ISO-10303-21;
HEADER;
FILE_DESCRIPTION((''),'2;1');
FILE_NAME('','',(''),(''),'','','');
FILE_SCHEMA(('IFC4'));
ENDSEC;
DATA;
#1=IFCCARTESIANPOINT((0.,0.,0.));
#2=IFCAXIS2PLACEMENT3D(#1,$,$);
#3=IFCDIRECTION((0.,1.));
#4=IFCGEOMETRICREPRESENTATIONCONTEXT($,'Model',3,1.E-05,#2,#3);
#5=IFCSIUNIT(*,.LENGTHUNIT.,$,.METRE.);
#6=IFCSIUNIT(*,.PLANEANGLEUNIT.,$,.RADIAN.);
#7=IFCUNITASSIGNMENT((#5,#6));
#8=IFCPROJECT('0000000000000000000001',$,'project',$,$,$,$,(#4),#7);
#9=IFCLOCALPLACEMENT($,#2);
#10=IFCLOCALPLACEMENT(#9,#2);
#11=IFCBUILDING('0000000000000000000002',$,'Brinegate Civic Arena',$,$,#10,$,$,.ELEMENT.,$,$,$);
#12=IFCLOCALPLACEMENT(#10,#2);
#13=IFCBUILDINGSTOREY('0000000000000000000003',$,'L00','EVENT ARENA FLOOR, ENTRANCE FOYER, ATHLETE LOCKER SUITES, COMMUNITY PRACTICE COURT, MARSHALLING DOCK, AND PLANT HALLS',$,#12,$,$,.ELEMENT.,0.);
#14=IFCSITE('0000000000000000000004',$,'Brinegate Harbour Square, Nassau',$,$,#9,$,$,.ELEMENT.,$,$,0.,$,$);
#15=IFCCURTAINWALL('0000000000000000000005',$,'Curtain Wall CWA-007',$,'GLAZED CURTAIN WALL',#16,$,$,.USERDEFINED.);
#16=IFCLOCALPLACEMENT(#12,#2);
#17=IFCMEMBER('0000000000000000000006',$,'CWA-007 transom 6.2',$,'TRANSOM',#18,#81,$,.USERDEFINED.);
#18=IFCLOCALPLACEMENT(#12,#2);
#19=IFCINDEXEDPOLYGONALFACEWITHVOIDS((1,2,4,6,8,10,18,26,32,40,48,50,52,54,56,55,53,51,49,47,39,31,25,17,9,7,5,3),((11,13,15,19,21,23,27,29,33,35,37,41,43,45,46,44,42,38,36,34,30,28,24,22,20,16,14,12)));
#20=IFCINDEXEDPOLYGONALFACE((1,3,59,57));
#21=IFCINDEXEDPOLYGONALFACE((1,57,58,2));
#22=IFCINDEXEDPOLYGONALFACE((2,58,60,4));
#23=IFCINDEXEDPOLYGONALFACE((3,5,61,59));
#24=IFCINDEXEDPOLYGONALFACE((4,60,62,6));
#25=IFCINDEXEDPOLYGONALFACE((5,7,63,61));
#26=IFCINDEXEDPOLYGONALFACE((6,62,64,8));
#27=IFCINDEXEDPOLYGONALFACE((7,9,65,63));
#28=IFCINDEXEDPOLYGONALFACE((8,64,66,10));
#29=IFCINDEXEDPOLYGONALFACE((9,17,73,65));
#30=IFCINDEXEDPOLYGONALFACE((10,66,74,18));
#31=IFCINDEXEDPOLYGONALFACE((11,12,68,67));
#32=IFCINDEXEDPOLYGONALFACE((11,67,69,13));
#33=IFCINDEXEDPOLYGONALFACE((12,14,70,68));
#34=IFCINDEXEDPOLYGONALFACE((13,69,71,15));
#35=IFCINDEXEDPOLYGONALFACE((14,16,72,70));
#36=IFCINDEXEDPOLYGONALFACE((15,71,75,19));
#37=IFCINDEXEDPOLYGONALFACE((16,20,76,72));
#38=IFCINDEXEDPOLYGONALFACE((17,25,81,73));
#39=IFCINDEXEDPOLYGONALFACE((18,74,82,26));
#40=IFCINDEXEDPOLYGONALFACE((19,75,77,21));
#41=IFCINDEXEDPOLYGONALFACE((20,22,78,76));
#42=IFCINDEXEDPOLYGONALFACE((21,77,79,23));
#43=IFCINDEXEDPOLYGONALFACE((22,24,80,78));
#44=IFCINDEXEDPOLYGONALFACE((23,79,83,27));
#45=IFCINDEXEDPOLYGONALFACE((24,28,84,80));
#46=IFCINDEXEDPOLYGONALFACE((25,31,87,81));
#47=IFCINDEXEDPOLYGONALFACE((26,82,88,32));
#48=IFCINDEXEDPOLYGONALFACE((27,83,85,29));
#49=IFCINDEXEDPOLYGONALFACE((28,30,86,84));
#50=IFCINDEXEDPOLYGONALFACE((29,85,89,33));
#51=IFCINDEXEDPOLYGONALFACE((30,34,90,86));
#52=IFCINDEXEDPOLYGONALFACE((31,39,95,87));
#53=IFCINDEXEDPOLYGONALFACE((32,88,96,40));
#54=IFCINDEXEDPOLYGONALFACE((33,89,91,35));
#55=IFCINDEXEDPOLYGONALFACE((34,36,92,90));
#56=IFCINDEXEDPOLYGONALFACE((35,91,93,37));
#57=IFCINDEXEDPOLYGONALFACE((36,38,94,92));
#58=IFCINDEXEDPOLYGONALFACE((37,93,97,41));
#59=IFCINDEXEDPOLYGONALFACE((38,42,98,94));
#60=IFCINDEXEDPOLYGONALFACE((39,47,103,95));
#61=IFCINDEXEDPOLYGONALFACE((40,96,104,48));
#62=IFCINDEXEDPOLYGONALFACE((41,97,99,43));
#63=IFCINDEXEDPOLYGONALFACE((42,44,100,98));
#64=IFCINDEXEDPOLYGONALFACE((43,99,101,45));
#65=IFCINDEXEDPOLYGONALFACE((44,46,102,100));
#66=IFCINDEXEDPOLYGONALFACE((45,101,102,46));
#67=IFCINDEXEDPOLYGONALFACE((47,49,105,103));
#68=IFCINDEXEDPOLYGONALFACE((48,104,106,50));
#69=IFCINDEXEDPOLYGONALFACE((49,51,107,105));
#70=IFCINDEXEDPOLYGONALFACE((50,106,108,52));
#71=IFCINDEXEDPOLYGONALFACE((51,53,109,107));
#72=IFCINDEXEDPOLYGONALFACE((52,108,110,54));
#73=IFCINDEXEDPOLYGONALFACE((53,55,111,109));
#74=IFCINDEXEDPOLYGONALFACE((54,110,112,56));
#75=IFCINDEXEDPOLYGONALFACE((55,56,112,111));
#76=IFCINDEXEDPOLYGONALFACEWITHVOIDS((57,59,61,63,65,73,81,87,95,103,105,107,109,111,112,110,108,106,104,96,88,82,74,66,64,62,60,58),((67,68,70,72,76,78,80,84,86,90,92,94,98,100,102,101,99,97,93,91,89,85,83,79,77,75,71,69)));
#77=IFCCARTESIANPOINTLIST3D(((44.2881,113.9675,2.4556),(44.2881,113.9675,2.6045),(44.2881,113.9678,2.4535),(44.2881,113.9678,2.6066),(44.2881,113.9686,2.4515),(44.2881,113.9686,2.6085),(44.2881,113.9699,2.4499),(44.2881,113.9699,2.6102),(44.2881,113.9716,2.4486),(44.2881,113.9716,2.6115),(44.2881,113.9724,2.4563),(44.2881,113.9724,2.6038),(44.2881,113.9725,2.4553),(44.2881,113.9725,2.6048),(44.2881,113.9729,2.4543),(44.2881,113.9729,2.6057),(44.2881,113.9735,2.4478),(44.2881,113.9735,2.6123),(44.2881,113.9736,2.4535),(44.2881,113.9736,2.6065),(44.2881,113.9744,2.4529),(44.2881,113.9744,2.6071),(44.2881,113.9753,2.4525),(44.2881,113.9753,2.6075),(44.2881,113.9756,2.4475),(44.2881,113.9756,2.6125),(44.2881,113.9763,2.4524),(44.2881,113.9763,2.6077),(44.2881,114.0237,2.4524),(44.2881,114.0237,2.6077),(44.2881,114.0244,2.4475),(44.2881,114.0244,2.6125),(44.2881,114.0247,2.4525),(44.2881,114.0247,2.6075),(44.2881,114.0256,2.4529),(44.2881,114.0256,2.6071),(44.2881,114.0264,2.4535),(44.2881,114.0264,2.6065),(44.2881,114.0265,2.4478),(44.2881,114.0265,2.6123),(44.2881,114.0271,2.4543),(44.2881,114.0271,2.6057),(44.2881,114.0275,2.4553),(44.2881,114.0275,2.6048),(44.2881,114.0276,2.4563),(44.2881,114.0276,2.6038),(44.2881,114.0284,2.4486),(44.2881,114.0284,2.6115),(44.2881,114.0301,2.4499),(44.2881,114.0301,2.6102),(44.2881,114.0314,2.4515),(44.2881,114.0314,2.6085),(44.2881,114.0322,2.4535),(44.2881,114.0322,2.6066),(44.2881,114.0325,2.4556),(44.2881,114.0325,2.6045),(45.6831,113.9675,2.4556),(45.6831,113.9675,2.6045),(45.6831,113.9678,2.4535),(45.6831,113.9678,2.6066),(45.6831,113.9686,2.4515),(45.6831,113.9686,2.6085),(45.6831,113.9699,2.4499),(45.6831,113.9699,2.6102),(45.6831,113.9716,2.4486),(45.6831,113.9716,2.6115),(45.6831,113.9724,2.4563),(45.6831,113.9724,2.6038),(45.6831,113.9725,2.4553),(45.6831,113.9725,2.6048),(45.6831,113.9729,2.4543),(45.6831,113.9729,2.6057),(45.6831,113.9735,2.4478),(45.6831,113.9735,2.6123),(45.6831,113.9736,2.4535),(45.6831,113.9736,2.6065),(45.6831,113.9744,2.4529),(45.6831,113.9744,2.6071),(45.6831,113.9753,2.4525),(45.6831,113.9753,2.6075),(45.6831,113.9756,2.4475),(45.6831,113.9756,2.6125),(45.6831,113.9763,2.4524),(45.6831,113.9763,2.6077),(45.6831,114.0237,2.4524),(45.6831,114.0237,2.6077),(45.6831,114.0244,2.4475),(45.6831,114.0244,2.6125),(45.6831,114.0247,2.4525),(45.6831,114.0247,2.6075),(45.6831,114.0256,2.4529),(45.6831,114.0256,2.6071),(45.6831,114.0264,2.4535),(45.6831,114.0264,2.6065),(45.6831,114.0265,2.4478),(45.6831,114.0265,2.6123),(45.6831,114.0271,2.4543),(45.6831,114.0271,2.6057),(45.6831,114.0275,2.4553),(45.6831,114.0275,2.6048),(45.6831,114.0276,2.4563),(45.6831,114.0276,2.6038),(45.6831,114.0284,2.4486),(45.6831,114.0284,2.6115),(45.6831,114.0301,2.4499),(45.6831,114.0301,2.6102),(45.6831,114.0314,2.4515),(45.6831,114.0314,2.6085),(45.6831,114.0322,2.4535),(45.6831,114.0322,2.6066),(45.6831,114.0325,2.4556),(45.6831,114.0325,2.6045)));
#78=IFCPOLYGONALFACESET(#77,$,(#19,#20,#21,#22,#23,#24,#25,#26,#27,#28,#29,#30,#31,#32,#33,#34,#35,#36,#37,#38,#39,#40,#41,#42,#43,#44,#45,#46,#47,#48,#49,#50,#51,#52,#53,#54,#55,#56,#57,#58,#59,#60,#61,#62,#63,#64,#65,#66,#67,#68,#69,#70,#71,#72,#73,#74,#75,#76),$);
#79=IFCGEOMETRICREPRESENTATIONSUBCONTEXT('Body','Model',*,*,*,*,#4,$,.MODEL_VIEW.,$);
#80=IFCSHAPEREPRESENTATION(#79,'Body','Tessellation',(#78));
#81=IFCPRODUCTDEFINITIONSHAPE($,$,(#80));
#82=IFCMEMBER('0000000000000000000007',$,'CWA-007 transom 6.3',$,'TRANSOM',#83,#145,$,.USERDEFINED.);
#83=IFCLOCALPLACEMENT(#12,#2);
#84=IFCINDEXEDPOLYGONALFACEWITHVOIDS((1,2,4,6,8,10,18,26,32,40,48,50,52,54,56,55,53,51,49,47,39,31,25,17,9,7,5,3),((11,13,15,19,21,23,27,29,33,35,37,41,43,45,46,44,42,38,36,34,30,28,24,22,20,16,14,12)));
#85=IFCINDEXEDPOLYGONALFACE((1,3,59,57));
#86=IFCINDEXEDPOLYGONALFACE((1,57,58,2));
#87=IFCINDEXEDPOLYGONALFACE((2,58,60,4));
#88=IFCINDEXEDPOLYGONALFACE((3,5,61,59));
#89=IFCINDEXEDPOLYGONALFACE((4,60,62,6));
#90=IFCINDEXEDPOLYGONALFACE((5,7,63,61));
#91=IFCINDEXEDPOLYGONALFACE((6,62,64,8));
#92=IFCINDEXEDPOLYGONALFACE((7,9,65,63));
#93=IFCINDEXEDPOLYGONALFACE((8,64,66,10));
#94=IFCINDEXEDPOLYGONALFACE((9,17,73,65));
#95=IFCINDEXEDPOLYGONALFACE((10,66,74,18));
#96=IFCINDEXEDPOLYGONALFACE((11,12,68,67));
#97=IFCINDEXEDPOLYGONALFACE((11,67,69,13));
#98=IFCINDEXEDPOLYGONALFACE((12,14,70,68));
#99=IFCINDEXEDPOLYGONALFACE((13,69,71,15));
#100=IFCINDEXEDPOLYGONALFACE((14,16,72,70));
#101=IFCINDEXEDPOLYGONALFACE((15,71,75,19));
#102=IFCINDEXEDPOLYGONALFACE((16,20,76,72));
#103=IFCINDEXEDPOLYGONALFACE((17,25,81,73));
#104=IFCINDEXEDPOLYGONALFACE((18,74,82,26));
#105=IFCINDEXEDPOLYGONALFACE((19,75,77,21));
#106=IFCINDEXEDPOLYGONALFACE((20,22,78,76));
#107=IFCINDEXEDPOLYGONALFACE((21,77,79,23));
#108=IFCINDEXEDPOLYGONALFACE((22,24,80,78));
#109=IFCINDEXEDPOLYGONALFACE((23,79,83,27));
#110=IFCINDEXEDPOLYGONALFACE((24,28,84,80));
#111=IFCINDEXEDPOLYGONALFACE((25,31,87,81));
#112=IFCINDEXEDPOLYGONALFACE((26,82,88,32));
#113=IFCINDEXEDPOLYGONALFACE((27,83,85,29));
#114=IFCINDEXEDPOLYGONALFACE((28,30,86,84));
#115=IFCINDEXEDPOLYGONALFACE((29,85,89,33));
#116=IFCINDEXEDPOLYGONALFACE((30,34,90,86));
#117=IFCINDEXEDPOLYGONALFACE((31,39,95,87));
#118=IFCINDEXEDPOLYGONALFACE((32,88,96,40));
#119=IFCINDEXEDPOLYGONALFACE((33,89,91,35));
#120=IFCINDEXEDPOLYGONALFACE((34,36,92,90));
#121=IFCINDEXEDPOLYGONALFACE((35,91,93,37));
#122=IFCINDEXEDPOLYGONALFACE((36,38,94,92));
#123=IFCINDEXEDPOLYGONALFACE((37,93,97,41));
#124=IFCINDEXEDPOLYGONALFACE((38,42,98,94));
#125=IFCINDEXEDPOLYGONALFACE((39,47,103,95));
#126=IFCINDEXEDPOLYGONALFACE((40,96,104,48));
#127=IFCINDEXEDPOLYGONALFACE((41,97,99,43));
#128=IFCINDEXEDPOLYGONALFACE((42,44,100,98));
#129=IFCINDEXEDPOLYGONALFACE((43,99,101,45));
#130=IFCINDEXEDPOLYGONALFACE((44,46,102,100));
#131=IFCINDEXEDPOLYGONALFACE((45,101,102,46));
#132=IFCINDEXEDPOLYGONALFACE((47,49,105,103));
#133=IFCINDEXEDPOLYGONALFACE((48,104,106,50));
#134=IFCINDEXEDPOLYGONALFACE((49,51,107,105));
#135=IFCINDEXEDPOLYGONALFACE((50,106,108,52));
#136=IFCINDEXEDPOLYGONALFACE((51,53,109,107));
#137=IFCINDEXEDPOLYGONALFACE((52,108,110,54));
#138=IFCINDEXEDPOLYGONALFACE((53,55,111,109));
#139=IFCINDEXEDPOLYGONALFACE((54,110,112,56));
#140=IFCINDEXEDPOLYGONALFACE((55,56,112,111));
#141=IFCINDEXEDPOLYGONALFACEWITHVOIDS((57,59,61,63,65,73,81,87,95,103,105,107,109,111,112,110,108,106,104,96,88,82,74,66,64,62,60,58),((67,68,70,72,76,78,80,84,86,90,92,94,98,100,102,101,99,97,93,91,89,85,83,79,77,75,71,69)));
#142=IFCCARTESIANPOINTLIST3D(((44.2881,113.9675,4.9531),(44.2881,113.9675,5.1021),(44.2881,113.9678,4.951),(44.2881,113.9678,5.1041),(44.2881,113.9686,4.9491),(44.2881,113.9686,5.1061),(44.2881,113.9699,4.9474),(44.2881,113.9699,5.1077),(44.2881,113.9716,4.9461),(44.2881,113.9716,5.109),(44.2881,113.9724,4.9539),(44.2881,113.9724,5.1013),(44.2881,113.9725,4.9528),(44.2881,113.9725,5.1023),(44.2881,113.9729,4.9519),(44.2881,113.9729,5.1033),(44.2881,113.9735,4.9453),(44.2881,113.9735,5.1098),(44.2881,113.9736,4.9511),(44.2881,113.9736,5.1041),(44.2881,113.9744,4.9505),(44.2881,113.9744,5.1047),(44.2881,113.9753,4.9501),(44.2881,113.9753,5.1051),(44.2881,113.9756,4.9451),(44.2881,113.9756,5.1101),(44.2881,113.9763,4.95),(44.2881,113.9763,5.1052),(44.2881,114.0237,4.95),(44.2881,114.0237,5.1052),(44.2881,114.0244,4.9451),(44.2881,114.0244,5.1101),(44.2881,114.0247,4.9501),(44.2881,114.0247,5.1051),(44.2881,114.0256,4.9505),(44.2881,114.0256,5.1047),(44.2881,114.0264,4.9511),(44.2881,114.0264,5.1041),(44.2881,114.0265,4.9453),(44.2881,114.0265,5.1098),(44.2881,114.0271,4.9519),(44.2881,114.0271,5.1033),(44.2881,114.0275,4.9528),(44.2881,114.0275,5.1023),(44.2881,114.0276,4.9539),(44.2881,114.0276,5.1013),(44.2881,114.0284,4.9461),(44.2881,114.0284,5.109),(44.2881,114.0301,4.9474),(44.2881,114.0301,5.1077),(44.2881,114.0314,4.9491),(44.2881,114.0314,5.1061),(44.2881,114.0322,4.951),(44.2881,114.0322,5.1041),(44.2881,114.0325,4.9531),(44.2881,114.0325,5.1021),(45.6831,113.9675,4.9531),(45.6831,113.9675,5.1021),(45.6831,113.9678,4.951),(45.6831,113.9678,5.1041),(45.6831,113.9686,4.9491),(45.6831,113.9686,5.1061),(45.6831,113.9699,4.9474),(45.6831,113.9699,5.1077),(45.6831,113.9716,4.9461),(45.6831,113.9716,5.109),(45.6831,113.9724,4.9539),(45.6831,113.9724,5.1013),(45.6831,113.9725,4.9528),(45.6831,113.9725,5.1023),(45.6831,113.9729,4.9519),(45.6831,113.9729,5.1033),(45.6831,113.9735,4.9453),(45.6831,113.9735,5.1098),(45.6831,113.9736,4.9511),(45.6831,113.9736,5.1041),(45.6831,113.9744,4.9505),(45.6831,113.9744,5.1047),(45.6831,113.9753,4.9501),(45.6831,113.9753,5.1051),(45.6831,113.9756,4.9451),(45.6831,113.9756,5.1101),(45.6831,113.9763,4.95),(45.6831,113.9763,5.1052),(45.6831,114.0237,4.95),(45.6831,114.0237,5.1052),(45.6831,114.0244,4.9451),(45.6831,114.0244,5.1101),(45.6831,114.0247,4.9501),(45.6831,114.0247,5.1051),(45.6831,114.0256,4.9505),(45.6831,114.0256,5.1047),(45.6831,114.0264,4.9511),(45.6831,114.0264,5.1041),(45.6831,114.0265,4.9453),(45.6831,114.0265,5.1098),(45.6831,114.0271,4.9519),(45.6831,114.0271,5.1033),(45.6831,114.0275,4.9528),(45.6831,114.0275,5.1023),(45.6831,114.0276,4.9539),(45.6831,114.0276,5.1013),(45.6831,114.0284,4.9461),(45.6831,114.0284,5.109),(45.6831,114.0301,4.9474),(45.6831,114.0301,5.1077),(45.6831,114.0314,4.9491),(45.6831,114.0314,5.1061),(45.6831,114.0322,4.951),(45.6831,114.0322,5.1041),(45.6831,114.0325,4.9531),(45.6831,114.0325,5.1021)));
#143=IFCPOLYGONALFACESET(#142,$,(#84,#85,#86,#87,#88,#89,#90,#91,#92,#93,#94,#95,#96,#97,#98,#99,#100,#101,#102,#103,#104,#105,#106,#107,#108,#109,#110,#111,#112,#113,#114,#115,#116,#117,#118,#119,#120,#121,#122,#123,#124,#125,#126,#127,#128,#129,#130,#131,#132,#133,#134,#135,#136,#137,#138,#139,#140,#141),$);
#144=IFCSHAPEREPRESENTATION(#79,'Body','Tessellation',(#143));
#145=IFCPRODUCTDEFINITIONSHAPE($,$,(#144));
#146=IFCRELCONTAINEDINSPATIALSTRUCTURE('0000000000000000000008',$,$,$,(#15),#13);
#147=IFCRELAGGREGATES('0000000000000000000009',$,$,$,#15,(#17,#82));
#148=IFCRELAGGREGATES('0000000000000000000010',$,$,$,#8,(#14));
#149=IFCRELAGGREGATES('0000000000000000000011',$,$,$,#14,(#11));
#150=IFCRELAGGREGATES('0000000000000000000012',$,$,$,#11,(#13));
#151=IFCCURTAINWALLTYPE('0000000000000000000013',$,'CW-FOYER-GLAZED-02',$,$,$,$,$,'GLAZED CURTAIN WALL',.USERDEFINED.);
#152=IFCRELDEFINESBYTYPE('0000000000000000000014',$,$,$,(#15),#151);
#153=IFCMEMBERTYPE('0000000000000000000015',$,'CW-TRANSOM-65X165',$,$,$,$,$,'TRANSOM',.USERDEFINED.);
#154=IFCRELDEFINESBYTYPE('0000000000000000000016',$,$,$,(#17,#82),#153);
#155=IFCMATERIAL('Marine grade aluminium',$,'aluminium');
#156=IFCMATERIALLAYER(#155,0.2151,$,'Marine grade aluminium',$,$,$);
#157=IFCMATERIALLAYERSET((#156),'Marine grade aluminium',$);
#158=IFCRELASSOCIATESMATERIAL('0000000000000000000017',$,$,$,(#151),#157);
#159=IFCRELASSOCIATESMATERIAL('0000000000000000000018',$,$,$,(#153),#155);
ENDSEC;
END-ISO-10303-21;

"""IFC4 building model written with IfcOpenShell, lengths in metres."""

from ifc_helpers import new_model, si_unit, direction, frame, origin, origin_2d, place, context, subcontext, project, spatial, hollow_rectangle, extrude, material, layer, layer_set, material_profile, profile_set, type_object, element, aggregate, save


model = new_model("IFC4")

# Units and contexts
model_context = context("Model", 3, precision=1e-05, world=origin(), true_north=direction((0.0, 1.0)))
body_context = subcontext(model_context, "Body", "Model", "MODEL_VIEW")
ifc_project = project(units=[si_unit("LENGTHUNIT", "METRE"), si_unit("PLANEANGLEUNIT", "RADIAN")], contexts=[model_context])

# Site, building, storey
site_placement = place(None, origin())
site = spatial("IfcSite", under=ifc_project, at=site_placement, Name="Brinegate Harbour Square, Nassau", CompositionType="ELEMENT", RefElevation=0.0)
building_placement = place(site_placement, origin())
building = spatial("IfcBuilding", under=site, at=building_placement, Name="Brinegate Civic Arena", CompositionType="ELEMENT")
storey_placement = place(building_placement, origin())
storey = spatial("IfcBuildingStorey", under=building, at=storey_placement, Name="L00", Description="EVENT ARENA FLOOR, ENTRANCE FOYER, ATHLETE LOCKER SUITES, COMMUNITY PRACTICE COURT, MARSHALLING DOCK, AND PLANT HALLS", CompositionType="ELEMENT", Elevation=0.0)

# Curtain wall, members
ifc_material_1 = material(Name="Marine grade aluminium", Category="aluminium")
ifc_layer_1 = layer(ifc_material_1, 0.2151, Name="Marine grade aluminium")
ifc_layer_set_1 = layer_set([ifc_layer_1], Name="Marine grade aluminium")
curtain_wall_type = type_object("IfcCurtainWallType", Name="CW-FOYER-GLAZED-02", ElementType="GLAZED CURTAIN WALL", PredefinedType="USERDEFINED", material=ifc_layer_set_1)
curtain_wall_placement = place(storey_placement, origin())
curtain_wall = element("IfcCurtainWall", 1, at=curtain_wall_placement, inside=storey, type_object=curtain_wall_type, Name="Curtain Wall CWA-007", ObjectType="GLAZED CURTAIN WALL", PredefinedType="USERDEFINED")
ifc_material_profile_1 = material_profile(ifc_material_1, hollow_rectangle(XDim=0.0649, YDim=0.165, WallThickness=0.0049, InnerFilletRadius=0.0039, OuterFilletRadius=0.0081, at=origin_2d()), Name="TRN65X165")
ifc_profile_set_1 = profile_set([ifc_material_profile_1], Name="Marine grade aluminium")
member_type_1 = type_object("IfcMemberType", Name="CW-TRANSOM-65X165", ElementType="TRANSOM", PredefinedType="USERDEFINED", material=ifc_profile_set_1)
member_1_placement = place(storey_placement, frame((44.2881, 114.0, 2.53), z_axis=(1.0, 0.0, 0.0), x_axis=(0.0, 1.0, 0.0)))
member_1 = element("IfcMember", 2, at=member_1_placement, type_object=member_type_1, Name="CWA-007 transom 6.2", ObjectType="TRANSOM", PredefinedType="USERDEFINED", context=body_context, shape_type="SweptSolid", body=[
    extrude(hollow_rectangle(XDim=0.0649, YDim=0.165, WallThickness=0.0049, InnerFilletRadius=0.0039, OuterFilletRadius=0.0081, at=origin_2d()), origin(), (0.0, 0.0, 1.0), 1.395),
])
member_2_placement = place(storey_placement, frame((44.2881, 114.0, 5.0276), z_axis=(1.0, 0.0, 0.0), x_axis=(0.0, 1.0, 0.0)))
member_2 = element("IfcMember", 3, at=member_2_placement, type_object=member_type_1, Name="CWA-007 transom 6.3", ObjectType="TRANSOM", PredefinedType="USERDEFINED", context=body_context, shape_type="SweptSolid", body=[
    extrude(hollow_rectangle(XDim=0.0649, YDim=0.165, WallThickness=0.0049, InnerFilletRadius=0.0039, OuterFilletRadius=0.0081, at=origin_2d()), origin(), (0.0, 0.0, 1.0), 1.395),
])
aggregate(curtain_wall, [member_1, member_2])

save(model, "model.ifc")
